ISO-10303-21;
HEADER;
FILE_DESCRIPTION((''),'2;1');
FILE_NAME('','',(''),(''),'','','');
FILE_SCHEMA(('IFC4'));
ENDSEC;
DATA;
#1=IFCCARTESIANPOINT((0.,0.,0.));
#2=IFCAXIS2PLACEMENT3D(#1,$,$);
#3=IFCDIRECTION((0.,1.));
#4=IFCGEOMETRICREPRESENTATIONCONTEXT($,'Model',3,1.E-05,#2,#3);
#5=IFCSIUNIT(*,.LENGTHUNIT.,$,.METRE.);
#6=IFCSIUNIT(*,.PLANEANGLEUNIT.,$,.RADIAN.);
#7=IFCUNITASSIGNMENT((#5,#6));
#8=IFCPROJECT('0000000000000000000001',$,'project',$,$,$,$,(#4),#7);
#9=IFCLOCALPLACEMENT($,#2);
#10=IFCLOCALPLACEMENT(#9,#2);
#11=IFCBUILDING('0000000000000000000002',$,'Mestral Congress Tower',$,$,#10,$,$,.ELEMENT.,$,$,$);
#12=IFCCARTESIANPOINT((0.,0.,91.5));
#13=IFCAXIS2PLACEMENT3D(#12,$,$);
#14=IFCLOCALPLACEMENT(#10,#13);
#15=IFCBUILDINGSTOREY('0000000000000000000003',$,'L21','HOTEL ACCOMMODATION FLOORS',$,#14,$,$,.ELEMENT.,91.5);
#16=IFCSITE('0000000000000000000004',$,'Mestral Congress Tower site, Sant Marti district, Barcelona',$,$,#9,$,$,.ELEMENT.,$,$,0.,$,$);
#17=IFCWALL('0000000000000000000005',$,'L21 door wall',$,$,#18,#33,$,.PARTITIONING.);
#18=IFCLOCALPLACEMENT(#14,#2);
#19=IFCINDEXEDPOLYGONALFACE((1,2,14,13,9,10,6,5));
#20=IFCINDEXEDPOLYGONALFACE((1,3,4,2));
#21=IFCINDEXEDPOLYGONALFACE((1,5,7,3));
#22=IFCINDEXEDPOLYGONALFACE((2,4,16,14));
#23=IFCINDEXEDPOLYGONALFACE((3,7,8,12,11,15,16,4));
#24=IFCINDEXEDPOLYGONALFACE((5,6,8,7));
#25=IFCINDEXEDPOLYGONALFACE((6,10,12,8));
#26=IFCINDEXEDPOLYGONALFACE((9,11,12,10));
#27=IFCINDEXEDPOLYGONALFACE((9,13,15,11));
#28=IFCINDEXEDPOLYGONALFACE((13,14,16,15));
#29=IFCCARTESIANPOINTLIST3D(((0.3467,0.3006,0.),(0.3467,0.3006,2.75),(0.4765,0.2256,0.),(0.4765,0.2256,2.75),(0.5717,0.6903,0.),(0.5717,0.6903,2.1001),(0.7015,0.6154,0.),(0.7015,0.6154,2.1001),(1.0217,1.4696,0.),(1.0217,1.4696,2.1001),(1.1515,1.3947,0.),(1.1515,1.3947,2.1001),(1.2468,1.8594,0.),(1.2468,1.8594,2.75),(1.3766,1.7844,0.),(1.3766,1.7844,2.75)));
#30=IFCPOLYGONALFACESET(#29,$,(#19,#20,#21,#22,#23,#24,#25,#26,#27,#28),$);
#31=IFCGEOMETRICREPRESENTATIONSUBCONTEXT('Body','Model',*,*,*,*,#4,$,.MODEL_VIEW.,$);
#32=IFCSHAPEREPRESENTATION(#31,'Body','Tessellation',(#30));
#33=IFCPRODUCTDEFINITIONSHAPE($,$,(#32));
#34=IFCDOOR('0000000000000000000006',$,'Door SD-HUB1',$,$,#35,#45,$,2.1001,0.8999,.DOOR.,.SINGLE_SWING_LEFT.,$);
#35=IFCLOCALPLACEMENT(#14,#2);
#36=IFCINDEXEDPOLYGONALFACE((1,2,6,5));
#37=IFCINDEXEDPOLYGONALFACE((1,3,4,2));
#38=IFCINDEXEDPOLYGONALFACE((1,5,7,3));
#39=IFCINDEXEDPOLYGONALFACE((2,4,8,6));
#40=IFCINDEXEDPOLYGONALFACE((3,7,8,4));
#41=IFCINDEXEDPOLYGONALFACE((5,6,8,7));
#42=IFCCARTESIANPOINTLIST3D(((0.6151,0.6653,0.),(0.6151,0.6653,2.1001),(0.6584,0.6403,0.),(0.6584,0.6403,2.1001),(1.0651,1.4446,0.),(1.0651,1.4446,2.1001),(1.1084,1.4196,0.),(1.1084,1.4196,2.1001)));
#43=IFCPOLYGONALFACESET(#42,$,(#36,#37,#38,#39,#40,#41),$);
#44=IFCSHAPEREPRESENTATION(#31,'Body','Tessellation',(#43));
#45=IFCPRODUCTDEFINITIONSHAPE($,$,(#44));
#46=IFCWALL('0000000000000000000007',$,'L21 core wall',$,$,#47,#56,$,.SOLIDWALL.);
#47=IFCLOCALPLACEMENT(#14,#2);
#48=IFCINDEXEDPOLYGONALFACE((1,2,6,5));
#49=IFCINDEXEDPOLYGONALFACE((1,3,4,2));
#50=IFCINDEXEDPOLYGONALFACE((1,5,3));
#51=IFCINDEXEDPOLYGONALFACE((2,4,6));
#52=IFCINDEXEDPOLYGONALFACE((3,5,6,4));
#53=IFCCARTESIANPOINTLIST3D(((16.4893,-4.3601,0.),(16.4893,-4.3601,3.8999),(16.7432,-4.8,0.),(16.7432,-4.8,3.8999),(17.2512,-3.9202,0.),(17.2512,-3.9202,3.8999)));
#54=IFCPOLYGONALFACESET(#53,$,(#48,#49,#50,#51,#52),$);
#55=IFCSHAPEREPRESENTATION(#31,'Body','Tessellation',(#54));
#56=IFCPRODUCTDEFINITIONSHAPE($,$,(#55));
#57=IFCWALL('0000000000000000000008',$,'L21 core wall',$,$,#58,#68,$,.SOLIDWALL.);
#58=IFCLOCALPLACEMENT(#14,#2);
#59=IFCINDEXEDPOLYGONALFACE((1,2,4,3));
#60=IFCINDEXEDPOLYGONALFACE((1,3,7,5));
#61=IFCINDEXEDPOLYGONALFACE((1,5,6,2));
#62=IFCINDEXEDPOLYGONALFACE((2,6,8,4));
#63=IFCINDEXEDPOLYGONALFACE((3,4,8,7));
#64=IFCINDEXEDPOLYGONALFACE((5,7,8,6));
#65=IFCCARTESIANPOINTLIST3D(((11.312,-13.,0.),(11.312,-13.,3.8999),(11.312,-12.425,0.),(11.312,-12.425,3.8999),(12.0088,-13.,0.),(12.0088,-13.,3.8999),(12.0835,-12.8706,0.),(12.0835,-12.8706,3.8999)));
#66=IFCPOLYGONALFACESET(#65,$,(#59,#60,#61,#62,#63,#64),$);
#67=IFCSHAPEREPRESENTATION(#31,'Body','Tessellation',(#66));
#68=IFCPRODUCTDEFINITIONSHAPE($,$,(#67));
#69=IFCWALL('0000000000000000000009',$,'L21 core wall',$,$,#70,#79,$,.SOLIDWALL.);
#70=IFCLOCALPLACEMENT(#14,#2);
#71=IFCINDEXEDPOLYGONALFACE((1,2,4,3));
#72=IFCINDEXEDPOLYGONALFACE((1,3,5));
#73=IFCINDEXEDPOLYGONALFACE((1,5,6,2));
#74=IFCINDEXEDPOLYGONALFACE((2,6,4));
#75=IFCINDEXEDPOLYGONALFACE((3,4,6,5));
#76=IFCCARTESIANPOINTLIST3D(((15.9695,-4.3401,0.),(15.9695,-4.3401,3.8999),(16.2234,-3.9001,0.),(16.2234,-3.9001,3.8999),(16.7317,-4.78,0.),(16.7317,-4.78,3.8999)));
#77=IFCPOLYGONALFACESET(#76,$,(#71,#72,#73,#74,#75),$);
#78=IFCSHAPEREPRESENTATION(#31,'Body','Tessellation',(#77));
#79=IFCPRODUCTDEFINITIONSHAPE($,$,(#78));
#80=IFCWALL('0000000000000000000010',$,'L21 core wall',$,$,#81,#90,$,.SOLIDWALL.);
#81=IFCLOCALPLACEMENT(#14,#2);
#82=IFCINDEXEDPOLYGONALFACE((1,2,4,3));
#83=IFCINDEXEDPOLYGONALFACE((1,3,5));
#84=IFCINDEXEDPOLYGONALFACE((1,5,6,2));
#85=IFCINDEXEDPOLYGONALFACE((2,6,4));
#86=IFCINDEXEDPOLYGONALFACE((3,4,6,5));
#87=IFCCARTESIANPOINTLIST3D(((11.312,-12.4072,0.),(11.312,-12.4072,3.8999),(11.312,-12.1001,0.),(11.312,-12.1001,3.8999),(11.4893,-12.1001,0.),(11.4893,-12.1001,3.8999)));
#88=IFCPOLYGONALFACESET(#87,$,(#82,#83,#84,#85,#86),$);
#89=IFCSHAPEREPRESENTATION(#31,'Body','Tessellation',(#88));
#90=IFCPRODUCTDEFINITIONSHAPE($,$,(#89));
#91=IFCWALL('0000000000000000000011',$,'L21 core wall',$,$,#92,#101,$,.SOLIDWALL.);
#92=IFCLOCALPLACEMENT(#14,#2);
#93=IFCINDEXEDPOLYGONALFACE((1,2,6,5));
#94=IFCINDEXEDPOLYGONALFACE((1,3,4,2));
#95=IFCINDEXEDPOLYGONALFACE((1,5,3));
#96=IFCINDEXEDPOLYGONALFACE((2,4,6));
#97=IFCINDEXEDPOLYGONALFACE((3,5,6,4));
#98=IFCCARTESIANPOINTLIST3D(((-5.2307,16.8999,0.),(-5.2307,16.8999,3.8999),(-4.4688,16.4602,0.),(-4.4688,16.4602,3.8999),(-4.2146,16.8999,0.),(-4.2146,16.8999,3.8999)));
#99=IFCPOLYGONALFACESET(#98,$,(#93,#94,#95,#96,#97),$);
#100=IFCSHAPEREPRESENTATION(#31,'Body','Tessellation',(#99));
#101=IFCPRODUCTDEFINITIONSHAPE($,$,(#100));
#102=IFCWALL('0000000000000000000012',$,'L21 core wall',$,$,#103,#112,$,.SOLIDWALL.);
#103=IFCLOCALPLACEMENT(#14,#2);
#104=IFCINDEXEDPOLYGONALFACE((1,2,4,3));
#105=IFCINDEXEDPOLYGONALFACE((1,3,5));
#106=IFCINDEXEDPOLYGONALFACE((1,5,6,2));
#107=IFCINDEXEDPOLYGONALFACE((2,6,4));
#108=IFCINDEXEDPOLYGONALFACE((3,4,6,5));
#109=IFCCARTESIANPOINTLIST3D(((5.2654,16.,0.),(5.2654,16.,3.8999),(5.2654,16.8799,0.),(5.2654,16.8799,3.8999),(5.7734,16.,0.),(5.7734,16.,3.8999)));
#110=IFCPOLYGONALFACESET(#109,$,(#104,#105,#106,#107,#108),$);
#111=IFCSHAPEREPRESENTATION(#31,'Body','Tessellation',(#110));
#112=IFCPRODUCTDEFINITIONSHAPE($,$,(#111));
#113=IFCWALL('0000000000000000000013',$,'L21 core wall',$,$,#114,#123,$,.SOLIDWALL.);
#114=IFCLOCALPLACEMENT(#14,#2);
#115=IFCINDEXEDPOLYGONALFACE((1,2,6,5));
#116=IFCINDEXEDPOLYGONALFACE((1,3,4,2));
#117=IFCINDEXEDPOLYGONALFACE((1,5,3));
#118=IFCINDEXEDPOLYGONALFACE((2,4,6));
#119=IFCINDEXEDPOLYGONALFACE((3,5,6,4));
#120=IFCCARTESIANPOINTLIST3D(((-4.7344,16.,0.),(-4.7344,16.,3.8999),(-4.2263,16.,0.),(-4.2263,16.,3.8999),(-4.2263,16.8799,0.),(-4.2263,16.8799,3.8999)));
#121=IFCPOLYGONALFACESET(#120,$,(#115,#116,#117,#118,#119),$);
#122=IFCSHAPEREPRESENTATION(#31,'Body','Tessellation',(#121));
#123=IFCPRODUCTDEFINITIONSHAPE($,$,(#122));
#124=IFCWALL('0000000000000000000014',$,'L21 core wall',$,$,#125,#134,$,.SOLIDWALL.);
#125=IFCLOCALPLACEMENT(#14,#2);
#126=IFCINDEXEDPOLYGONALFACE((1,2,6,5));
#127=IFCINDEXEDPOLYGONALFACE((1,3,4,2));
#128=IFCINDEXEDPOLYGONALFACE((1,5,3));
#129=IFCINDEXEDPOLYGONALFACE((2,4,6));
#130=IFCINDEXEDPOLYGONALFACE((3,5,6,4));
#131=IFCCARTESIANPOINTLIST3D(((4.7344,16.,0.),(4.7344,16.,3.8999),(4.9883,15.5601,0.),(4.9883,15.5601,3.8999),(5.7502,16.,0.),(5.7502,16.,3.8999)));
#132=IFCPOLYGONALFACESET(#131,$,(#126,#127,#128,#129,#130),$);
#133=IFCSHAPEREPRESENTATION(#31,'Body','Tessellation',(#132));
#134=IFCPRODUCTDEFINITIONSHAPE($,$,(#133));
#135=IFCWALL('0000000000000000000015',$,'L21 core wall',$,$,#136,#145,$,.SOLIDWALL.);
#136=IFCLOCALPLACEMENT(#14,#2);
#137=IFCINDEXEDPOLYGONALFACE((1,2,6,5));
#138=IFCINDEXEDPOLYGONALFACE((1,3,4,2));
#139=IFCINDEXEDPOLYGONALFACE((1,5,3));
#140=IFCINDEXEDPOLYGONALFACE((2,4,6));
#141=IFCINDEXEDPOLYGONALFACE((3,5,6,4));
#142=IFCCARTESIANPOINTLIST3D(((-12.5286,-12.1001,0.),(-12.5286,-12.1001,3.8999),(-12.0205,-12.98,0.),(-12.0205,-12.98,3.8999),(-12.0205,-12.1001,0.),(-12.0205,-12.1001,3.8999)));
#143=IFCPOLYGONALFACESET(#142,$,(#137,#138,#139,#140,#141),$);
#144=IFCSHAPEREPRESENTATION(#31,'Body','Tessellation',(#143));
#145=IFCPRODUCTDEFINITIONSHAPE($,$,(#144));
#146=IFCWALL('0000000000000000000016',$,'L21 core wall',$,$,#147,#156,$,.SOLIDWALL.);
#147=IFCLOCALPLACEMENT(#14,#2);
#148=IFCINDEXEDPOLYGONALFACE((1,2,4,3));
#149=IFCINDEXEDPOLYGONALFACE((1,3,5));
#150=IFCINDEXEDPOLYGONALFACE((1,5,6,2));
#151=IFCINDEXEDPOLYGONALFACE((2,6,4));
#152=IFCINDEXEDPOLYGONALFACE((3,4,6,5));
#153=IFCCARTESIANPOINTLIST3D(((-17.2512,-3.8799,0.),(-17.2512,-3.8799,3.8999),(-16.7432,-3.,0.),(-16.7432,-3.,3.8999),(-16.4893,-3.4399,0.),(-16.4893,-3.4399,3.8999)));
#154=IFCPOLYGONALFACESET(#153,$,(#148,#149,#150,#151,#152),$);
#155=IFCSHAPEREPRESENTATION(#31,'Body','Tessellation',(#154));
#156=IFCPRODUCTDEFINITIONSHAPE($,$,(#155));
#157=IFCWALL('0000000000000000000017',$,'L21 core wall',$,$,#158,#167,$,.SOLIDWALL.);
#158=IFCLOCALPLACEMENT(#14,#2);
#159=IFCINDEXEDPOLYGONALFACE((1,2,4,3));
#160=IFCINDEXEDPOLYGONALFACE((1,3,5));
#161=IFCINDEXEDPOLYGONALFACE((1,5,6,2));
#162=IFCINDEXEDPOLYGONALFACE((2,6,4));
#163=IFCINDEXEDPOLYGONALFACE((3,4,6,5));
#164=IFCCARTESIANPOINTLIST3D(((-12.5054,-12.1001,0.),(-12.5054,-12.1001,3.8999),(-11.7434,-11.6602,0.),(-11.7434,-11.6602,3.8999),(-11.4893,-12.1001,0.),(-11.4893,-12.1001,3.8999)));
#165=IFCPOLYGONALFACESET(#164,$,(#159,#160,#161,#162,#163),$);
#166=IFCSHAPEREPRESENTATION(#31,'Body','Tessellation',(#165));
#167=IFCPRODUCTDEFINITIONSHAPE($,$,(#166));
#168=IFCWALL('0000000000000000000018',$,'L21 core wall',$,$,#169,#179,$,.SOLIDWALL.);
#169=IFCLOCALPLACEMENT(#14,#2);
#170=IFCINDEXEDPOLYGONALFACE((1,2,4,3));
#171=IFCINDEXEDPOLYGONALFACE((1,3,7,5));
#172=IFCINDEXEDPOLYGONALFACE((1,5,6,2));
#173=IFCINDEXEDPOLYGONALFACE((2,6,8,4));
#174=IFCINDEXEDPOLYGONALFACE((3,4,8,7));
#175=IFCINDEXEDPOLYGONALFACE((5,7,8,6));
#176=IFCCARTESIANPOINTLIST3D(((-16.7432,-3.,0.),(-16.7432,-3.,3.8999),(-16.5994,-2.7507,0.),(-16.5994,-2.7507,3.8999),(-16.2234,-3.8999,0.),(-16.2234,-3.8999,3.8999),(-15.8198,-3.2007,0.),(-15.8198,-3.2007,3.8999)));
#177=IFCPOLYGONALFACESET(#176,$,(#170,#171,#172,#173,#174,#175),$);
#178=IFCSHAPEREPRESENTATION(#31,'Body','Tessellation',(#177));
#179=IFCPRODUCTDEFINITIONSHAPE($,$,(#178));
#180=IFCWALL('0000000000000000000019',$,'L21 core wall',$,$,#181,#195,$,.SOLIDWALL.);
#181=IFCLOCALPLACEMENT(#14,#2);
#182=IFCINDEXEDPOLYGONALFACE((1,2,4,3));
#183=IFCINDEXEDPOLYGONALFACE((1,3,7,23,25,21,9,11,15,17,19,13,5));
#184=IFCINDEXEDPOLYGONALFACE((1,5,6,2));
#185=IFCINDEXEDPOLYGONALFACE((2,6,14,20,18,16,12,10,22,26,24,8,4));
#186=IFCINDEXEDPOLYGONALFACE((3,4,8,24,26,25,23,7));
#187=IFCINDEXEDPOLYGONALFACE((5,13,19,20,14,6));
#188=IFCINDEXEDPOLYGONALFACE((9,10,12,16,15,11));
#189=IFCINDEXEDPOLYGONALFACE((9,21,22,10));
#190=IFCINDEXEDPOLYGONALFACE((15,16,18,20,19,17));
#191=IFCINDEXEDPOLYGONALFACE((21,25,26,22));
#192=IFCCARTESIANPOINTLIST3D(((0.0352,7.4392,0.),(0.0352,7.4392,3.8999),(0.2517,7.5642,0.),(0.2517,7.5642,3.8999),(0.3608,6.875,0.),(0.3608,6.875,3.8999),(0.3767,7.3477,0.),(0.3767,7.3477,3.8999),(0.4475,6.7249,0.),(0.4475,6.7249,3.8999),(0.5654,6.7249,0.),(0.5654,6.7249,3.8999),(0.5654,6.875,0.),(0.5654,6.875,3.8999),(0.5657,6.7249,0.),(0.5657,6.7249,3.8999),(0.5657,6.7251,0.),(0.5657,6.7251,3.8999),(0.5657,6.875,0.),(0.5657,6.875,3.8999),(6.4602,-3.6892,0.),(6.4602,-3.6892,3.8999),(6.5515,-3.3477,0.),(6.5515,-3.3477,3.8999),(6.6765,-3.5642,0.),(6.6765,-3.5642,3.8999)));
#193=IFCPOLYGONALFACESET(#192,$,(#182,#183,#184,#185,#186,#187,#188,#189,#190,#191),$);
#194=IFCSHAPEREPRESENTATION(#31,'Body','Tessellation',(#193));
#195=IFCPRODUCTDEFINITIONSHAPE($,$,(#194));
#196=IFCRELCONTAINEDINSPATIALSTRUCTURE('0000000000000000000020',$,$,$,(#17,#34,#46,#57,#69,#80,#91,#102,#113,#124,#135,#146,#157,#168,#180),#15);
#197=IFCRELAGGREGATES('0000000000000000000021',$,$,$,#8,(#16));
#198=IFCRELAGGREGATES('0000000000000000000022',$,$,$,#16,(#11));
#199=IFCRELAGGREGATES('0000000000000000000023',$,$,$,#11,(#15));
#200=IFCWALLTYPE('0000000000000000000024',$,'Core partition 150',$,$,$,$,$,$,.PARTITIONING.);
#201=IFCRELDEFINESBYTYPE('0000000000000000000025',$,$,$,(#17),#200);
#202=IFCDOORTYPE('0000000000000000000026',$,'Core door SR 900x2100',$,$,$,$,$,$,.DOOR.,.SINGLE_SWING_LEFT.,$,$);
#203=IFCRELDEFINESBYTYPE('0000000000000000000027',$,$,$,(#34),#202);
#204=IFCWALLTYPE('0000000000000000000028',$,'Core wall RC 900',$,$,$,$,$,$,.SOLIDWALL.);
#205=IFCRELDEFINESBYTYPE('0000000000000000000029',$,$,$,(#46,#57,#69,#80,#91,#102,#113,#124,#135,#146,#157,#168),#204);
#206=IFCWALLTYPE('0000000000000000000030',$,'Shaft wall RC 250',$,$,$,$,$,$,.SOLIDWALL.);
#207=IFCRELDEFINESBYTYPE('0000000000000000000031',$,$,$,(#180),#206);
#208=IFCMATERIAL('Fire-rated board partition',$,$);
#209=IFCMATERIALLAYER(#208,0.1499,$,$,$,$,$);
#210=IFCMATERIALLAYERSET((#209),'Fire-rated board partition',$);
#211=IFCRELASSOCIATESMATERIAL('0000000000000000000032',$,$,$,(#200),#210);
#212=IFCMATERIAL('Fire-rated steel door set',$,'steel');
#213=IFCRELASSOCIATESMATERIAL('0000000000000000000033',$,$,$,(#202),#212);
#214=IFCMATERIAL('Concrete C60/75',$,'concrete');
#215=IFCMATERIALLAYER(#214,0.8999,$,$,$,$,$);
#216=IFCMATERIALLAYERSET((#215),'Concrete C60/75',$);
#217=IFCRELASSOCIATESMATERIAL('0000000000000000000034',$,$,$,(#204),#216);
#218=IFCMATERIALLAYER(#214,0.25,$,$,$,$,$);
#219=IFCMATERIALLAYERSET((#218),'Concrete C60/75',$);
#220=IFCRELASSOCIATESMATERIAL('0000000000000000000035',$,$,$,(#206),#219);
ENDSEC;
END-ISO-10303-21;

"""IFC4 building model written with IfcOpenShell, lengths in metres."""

from ifc_helpers import new_model, si_unit, direction, frame, frame_2d, origin, place, context, subcontext, project, spatial, polyline, rectangle, outline, extrude, material, layer, layer_set, type_object, element, fill, save


model = new_model("IFC4")

# Units and contexts
model_context = context("Model", 3, precision=1e-05, world=origin(), true_north=direction((0.0, 1.0)))
body_context = subcontext(model_context, "Body", "Model", "MODEL_VIEW")
ifc_project = project(units=[si_unit("LENGTHUNIT", "METRE"), si_unit("PLANEANGLEUNIT", "RADIAN")], contexts=[model_context])

# Site, building, storey
site_placement = place(None, origin())
site = spatial("IfcSite", under=ifc_project, at=site_placement, Name="Mestral Congress Tower site, Sant Marti district, Barcelona", CompositionType="ELEMENT", RefElevation=0.0)
building_placement = place(site_placement, origin())
building = spatial("IfcBuilding", under=site, at=building_placement, Name="Mestral Congress Tower", CompositionType="ELEMENT")
storey_placement = place(building_placement, frame((0.0, 0.0, 91.5)))
storey = spatial("IfcBuildingStorey", under=building, at=storey_placement, Name="L21", Description="HOTEL ACCOMMODATION FLOORS", CompositionType="ELEMENT", Elevation=91.5)

# Shared definitions
ifc_material_1 = material(Name="Concrete C60/75", Category="concrete")

# Shared definitions
placement_1 = place(storey_placement, origin())

# Wall, opening, door
ifc_material_2 = material(Name="Fire-rated board partition")
ifc_layer_1 = layer(ifc_material_2, 0.1499)
ifc_layer_set_1 = layer_set([ifc_layer_1], Name="Fire-rated board partition")
wall_type_1 = type_object("IfcWallType", Name="Core partition 150", PredefinedType="PARTITIONING", material=ifc_layer_set_1)
wall_1_placement = place(storey_placement, frame((0.4116, 0.2632, 0.0), z_axis=(0.0, 0.0, 1.0), x_axis=(0.500063, 0.865989, 0.0)))
wall_1 = element("IfcWall", 1, at=wall_1_placement, inside=storey, type_object=wall_type_1, Name="L21 door wall", PredefinedType="PARTITIONING", context=body_context, shape_type="SweptSolid", body=[
    extrude(rectangle(XDim=1.8, YDim=0.1499, at=frame_2d((0.8999, 0.0))), origin(), (0.0, 0.0, 1.0), 2.75),
])
opening_placement = place(wall_1_placement, frame((0.45, 0.0, 0.0)))
opening = element("IfcOpeningElement", 2, at=opening_placement, cuts=wall_1, PredefinedType="OPENING", context=body_context, shape_type="SweptSolid", body=[
    extrude(rectangle(XDim=0.8999, YDim=2.1001, at=frame_2d((0.45, 1.05))), frame((0.0, 0.085, 0.0), z_axis=(0.0, -1.0, 0.0), x_axis=(1.0, 0.0, 0.0)), (0.0, 0.0, 1.0), 0.1699),
])
ifc_material_3 = material(Name="Fire-rated steel door set", Category="steel")
door_type = type_object("IfcDoorType", Name="Core door SR 900x2100", OperationType="SINGLE_SWING_LEFT", PredefinedType="DOOR", material=ifc_material_3)
door_placement = place(opening_placement, origin())
door = element("IfcDoor", 3, at=door_placement, inside=storey, type_object=door_type, Name="Door SD-HUB1", OperationType="SINGLE_SWING_LEFT", OverallHeight=2.1001, OverallWidth=0.8999, PredefinedType="DOOR", context=body_context, shape_type="SweptSolid", body=[
    extrude(rectangle(XDim=0.8999, YDim=2.1001, at=frame_2d((0.45, 1.05))), frame((0.0, 0.0249, 0.0), z_axis=(0.0, -1.0, 0.0), x_axis=(1.0, 0.0, 0.0)), (0.0, 0.0, 1.0), 0.05),
])
fill(opening, door)

# Walls
ifc_layer_2 = layer(ifc_material_1, 0.8999)
ifc_layer_set_2 = layer_set([ifc_layer_2], Name="Concrete C60/75")
wall_type_2 = type_object("IfcWallType", Name="Core wall RC 900", PredefinedType="SOLIDWALL", material=ifc_layer_set_2)
element("IfcWall", 4, at=placement_1, inside=storey, type_object=wall_type_2, Name="L21 core wall", PredefinedType="SOLIDWALL", context=body_context, shape_type="SweptSolid", body=[
    extrude(outline(polyline([(16.7432, -4.8), (16.4893, -4.3601), (17.2512, -3.9202), (16.7432, -4.8)])), origin(), (0.0, 0.0, 1.0), 3.8999),
])
element("IfcWall", 5, at=placement_1, inside=storey, type_object=wall_type_2, Name="L21 core wall", PredefinedType="SOLIDWALL", context=body_context, shape_type="SweptSolid", body=[
    extrude(outline(polyline([(12.0088, -13.0), (11.312, -13.0), (11.312, -12.425), (12.0835, -12.8706), (12.0088, -13.0)])), origin(), (0.0, 0.0, 1.0), 3.8999),
])
element("IfcWall", 6, at=placement_1, inside=storey, type_object=wall_type_2, Name="L21 core wall", PredefinedType="SOLIDWALL", context=body_context, shape_type="SweptSolid", body=[
    extrude(outline(polyline([(16.2234, -3.9001), (16.7317, -4.78), (15.9695, -4.3401), (16.2234, -3.9001)])), origin(), (0.0, 0.0, 1.0), 3.8999),
])
element("IfcWall", 7, at=placement_1, inside=storey, type_object=wall_type_2, Name="L21 core wall", PredefinedType="SOLIDWALL", context=body_context, shape_type="SweptSolid", body=[
    extrude(outline(polyline([(11.4893, -12.1001), (11.312, -12.4072), (11.312, -12.1001), (11.4893, -12.1001)])), origin(), (0.0, 0.0, 1.0), 3.8999),
])
element("IfcWall", 8, at=placement_1, inside=storey, type_object=wall_type_2, Name="L21 core wall", PredefinedType="SOLIDWALL", context=body_context, shape_type="SweptSolid", body=[
    extrude(outline(polyline([(-4.2146, 16.8999), (-4.4688, 16.4602), (-5.2307, 16.8999), (-4.2146, 16.8999)])), origin(), (0.0, 0.0, 1.0), 3.8999),
])
element("IfcWall", 9, at=placement_1, inside=storey, type_object=wall_type_2, Name="L21 core wall", PredefinedType="SOLIDWALL", context=body_context, shape_type="SweptSolid", body=[
    extrude(outline(polyline([(5.2654, 16.0), (5.2654, 16.8799), (5.7734, 16.0), (5.2654, 16.0)])), origin(), (0.0, 0.0, 1.0), 3.8999),
])
element("IfcWall", 10, at=placement_1, inside=storey, type_object=wall_type_2, Name="L21 core wall", PredefinedType="SOLIDWALL", context=body_context, shape_type="SweptSolid", body=[
    extrude(outline(polyline([(-4.7344, 16.0), (-4.2263, 16.8799), (-4.2263, 16.0), (-4.7344, 16.0)])), origin(), (0.0, 0.0, 1.0), 3.8999),
])
element("IfcWall", 11, at=placement_1, inside=storey, type_object=wall_type_2, Name="L21 core wall", PredefinedType="SOLIDWALL", context=body_context, shape_type="SweptSolid", body=[
    extrude(outline(polyline([(4.7344, 16.0), (5.7502, 16.0), (4.9883, 15.5601), (4.7344, 16.0)])), origin(), (0.0, 0.0, 1.0), 3.8999),
])
element("IfcWall", 12, at=placement_1, inside=storey, type_object=wall_type_2, Name="L21 core wall", PredefinedType="SOLIDWALL", context=body_context, shape_type="SweptSolid", body=[
    extrude(outline(polyline([(-12.5286, -12.1001), (-12.0205, -12.1001), (-12.0205, -12.98), (-12.5286, -12.1001)])), origin(), (0.0, 0.0, 1.0), 3.8999),
])
element("IfcWall", 13, at=placement_1, inside=storey, type_object=wall_type_2, Name="L21 core wall", PredefinedType="SOLIDWALL", context=body_context, shape_type="SweptSolid", body=[
    extrude(outline(polyline([(-16.4893, -3.4399), (-17.2512, -3.8799), (-16.7432, -3.0), (-16.4893, -3.4399)])), origin(), (0.0, 0.0, 1.0), 3.8999),
])
element("IfcWall", 14, at=placement_1, inside=storey, type_object=wall_type_2, Name="L21 core wall", PredefinedType="SOLIDWALL", context=body_context, shape_type="SweptSolid", body=[
    extrude(outline(polyline([(-11.4893, -12.1001), (-12.5054, -12.1001), (-11.7434, -11.6602), (-11.4893, -12.1001)])), origin(), (0.0, 0.0, 1.0), 3.8999),
])
element("IfcWall", 15, at=placement_1, inside=storey, type_object=wall_type_2, Name="L21 core wall", PredefinedType="SOLIDWALL", context=body_context, shape_type="SweptSolid", body=[
    extrude(outline(polyline([(-15.8198, -3.2007), (-16.2234, -3.8999), (-16.7432, -3.0), (-16.5994, -2.7507), (-15.8198, -3.2007)])), origin(), (0.0, 0.0, 1.0), 3.8999),
])
ifc_layer_3 = layer(ifc_material_1, 0.25)
ifc_layer_set_3 = layer_set([ifc_layer_3], Name="Concrete C60/75")
wall_type_3 = type_object("IfcWallType", Name="Shaft wall RC 250", PredefinedType="SOLIDWALL", material=ifc_layer_set_3)
element("IfcWall", 16, at=placement_1, inside=storey, type_object=wall_type_3, Name="L21 core wall", PredefinedType="SOLIDWALL", context=body_context, shape_type="SweptSolid", body=[
    extrude(outline(polyline([(0.5657, 6.7251), (0.5657, 6.875), (0.5657, 6.875), (0.5654, 6.875), (0.3608, 6.875), (0.0352, 7.4392), (0.2517, 7.5642), (0.3767, 7.3477), (6.5515, -3.3477), (6.6765, -3.5642), (6.4602, -3.6892), (0.4475, 6.7249), (0.5654, 6.7249), (0.5657, 6.7249), (0.5657, 6.7251)])), origin(), (0.0, 0.0, 1.0), 3.8999),
])

save(model, "model.ifc")
